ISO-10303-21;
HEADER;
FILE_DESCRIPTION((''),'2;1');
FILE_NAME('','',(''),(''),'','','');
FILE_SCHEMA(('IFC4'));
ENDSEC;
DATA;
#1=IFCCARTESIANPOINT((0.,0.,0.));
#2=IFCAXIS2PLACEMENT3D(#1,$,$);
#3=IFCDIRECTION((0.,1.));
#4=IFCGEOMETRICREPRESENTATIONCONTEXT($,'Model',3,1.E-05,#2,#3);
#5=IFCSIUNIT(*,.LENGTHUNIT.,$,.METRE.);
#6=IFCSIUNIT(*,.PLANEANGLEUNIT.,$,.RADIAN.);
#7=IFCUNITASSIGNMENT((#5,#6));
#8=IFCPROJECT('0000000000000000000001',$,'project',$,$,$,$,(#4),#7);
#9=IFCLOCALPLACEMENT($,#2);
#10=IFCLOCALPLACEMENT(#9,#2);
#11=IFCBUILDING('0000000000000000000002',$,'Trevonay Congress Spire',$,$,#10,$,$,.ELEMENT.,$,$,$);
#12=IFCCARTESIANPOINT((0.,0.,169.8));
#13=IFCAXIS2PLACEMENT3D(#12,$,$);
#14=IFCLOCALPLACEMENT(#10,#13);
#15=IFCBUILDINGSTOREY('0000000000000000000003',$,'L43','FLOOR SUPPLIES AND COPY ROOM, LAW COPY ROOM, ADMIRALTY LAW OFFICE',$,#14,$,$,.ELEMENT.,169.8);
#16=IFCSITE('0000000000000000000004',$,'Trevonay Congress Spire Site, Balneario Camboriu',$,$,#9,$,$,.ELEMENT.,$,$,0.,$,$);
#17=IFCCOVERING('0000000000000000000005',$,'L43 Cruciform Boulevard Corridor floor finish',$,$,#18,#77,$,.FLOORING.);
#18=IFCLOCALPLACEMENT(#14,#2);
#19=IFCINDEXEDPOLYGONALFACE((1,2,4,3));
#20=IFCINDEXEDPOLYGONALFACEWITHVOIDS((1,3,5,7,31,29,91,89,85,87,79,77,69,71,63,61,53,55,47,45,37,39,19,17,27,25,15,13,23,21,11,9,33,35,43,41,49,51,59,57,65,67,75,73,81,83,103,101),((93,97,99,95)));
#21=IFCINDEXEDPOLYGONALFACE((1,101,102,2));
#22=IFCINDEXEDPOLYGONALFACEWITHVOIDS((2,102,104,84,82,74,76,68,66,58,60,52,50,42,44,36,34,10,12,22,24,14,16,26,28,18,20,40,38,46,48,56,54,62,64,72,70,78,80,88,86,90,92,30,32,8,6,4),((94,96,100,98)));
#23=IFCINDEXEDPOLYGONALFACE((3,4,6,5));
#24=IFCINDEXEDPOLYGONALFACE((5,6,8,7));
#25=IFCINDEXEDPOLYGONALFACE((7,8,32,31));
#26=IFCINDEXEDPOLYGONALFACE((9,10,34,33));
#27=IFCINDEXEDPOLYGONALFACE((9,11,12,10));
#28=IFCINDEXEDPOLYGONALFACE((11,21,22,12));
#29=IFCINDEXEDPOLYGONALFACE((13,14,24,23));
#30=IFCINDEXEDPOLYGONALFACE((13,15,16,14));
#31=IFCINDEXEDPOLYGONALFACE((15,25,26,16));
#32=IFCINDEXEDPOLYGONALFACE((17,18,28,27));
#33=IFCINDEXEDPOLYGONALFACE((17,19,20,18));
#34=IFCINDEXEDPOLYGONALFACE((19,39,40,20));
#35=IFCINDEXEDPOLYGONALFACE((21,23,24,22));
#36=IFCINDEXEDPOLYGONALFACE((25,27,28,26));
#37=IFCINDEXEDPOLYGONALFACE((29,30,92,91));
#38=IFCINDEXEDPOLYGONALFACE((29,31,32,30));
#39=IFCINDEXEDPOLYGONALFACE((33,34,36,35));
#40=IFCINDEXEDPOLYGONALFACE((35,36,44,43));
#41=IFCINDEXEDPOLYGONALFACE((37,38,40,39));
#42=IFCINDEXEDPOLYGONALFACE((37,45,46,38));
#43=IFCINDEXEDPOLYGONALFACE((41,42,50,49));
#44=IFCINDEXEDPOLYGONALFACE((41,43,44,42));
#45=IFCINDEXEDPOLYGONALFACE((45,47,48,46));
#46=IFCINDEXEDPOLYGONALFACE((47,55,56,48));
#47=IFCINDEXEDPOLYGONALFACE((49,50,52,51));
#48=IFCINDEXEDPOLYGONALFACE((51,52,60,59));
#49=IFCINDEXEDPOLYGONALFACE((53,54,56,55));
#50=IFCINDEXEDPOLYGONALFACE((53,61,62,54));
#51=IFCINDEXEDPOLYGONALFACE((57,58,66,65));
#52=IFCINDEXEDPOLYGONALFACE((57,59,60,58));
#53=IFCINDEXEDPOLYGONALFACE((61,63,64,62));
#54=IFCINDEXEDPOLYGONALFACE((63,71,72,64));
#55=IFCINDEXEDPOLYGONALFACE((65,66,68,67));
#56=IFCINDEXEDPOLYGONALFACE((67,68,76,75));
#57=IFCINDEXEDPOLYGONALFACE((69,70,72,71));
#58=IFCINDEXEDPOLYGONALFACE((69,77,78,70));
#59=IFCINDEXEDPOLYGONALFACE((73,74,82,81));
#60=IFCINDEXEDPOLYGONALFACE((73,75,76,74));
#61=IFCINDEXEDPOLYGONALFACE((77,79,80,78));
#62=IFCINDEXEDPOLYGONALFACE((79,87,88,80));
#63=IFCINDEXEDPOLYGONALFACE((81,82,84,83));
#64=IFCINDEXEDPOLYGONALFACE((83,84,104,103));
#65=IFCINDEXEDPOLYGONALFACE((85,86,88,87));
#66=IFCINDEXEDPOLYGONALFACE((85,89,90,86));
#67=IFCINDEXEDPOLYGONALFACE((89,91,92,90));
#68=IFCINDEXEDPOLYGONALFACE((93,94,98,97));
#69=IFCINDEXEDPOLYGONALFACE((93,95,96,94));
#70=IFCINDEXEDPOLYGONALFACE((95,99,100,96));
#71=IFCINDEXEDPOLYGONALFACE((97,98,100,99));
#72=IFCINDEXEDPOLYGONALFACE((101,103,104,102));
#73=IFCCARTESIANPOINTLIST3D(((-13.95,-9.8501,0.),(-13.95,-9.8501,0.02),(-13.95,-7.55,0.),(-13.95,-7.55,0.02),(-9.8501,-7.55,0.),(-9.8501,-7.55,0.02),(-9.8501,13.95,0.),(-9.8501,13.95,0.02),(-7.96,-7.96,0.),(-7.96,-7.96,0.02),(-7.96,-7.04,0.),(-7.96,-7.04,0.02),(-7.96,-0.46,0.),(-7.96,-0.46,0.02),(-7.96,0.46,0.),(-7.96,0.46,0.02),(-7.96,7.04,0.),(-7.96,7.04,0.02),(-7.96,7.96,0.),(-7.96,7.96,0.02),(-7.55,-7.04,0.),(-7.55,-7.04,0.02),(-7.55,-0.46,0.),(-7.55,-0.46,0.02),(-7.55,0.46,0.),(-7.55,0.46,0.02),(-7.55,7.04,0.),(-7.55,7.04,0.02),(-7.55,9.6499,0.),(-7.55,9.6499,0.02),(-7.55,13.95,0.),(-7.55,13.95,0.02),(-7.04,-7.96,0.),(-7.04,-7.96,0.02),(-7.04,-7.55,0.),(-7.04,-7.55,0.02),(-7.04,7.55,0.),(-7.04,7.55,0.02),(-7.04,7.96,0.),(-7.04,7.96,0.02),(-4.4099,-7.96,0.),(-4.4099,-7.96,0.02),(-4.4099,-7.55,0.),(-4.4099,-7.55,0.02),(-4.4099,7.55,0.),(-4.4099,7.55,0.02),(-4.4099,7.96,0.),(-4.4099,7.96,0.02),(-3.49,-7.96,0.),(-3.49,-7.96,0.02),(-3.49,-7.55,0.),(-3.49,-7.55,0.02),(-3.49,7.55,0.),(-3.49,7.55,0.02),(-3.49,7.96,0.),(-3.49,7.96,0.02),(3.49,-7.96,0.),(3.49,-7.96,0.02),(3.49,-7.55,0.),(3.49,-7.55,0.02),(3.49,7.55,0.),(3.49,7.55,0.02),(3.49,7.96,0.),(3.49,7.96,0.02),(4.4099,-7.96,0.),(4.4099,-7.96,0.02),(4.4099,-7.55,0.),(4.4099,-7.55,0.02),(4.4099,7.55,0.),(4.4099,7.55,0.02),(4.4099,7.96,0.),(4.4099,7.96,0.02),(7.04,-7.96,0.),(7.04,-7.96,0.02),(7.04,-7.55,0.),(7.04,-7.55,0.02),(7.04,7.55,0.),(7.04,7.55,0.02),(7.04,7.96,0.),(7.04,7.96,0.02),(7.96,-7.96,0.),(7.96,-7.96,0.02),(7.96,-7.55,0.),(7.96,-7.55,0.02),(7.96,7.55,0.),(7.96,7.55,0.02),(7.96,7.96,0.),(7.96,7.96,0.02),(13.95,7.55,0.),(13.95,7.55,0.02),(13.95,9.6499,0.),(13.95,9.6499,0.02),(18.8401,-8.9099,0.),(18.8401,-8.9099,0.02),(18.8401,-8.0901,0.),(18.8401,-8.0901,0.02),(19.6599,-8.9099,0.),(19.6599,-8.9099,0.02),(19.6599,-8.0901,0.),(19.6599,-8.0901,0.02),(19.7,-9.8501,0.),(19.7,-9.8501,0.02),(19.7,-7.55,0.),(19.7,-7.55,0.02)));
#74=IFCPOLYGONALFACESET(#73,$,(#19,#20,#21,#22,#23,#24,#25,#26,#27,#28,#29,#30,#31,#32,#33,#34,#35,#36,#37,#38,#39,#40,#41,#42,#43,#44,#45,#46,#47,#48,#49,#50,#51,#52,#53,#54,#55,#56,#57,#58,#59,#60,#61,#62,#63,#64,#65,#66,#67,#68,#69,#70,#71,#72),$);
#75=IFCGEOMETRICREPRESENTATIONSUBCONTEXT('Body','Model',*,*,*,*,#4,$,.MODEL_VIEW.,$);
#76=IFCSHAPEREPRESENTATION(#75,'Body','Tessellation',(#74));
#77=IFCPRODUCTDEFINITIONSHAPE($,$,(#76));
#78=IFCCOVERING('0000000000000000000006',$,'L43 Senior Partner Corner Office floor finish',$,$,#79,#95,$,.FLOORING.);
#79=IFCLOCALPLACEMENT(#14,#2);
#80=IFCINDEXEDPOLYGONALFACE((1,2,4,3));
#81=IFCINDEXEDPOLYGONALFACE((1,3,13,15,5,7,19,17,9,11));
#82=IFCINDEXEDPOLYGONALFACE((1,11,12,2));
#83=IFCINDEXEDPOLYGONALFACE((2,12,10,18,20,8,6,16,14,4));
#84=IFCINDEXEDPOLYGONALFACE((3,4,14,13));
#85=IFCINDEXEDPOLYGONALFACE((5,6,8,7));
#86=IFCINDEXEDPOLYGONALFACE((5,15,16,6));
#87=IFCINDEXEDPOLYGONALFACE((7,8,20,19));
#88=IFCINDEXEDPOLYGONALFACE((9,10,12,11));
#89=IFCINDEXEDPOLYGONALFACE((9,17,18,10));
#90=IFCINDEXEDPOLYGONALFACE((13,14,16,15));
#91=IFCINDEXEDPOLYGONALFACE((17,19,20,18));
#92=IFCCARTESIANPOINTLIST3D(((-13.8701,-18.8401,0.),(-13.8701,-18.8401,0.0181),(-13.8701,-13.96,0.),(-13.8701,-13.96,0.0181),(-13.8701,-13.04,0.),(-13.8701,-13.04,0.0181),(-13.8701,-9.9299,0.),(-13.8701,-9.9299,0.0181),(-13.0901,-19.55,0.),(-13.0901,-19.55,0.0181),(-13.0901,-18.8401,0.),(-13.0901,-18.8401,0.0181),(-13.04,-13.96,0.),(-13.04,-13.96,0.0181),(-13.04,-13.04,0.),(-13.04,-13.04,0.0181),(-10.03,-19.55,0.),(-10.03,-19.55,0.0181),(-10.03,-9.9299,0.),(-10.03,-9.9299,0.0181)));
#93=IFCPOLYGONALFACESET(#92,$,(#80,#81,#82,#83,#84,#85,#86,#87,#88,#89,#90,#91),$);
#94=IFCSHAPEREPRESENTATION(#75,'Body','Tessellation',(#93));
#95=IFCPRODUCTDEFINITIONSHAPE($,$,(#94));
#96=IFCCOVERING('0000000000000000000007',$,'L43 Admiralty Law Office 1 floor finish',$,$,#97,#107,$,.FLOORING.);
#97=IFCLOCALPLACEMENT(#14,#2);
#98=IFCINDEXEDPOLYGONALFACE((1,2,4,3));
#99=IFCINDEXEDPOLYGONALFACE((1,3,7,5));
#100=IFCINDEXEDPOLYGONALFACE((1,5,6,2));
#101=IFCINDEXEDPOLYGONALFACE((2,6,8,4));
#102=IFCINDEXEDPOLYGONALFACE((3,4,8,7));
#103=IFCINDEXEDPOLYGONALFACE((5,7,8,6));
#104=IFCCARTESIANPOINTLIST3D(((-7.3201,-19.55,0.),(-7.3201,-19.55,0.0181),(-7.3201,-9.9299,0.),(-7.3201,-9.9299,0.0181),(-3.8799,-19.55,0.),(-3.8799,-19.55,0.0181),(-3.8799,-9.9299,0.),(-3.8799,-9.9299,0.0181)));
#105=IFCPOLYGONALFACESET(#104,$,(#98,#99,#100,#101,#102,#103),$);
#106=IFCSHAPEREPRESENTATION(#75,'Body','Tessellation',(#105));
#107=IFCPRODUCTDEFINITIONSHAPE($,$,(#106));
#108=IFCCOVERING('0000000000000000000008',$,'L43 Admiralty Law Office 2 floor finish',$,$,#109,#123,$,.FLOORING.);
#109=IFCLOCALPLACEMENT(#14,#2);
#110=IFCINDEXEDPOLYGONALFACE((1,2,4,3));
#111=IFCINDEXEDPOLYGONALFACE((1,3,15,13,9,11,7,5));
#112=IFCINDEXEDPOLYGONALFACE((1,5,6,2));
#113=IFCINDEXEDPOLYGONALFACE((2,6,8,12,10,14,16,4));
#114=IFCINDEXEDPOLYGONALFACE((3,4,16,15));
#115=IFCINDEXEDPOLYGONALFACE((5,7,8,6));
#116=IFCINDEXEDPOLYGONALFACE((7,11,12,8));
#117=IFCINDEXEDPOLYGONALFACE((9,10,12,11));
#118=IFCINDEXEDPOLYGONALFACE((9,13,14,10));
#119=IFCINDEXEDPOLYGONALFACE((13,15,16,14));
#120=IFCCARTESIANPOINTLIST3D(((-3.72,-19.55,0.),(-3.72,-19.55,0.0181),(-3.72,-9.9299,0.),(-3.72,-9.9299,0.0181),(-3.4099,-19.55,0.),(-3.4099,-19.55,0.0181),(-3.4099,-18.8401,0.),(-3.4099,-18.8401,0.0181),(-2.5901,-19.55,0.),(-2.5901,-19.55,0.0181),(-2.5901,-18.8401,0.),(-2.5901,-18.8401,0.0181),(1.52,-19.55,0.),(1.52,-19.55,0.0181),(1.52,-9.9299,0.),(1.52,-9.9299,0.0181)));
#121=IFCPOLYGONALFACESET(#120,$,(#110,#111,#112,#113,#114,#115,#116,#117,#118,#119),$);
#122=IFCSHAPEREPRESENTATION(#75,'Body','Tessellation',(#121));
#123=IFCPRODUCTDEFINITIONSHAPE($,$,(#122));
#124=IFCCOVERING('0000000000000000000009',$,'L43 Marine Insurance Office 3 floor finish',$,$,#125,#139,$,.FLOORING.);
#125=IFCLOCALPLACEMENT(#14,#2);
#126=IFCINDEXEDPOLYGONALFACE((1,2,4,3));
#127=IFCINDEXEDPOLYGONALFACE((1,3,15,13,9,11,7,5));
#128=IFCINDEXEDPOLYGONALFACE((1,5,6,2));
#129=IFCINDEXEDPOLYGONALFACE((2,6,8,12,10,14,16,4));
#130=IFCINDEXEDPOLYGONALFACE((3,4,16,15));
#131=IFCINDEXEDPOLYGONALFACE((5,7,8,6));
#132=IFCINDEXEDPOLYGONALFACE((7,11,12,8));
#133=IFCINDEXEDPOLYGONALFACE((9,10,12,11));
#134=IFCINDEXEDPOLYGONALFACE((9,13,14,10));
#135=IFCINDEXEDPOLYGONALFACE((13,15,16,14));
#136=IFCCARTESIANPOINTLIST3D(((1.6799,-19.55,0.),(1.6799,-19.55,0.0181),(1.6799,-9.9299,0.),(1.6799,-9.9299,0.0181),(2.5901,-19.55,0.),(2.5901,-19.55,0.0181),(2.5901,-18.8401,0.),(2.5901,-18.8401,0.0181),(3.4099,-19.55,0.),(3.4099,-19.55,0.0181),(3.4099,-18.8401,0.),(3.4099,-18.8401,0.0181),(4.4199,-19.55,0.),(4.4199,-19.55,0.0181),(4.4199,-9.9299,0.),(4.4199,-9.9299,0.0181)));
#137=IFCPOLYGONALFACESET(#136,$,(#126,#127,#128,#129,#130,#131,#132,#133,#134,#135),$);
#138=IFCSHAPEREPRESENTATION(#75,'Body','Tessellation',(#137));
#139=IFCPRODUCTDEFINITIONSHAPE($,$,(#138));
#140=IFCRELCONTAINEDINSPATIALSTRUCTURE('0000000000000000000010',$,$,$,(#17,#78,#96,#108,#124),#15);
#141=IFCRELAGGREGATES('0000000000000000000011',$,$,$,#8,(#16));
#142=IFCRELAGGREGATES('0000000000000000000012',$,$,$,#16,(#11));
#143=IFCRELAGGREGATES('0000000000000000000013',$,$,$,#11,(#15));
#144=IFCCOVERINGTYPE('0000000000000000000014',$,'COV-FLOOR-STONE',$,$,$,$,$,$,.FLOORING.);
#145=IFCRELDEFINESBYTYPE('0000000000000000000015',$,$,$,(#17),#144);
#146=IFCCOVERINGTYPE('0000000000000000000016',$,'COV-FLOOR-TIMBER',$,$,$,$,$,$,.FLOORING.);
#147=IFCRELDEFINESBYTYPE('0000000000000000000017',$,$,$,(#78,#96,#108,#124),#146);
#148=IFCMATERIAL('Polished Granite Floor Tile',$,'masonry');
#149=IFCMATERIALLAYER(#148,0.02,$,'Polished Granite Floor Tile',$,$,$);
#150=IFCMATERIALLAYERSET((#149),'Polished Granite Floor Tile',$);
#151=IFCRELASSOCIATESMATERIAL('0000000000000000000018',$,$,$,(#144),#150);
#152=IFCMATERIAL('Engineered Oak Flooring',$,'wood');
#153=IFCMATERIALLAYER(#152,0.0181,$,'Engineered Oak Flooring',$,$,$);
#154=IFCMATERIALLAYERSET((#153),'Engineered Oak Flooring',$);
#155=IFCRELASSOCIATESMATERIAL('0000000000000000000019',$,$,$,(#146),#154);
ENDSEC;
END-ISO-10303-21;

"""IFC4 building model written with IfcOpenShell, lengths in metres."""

from ifc_helpers import new_model, si_unit, direction, frame, origin, place, context, subcontext, project, spatial, polyline, outline, extrude, material, layer, layer_set, type_object, element, save


model = new_model("IFC4")

# Units and contexts
model_context = context("Model", 3, precision=1e-05, world=origin(), true_north=direction((0.0, 1.0)))
body_context = subcontext(model_context, "Body", "Model", "MODEL_VIEW")
ifc_project = project(units=[si_unit("LENGTHUNIT", "METRE"), si_unit("PLANEANGLEUNIT", "RADIAN")], contexts=[model_context])

# Site, building, storey
site_placement = place(None, origin())
site = spatial("IfcSite", under=ifc_project, at=site_placement, Name="Trevonay Congress Spire Site, Balneario Camboriu", CompositionType="ELEMENT", RefElevation=0.0)
building_placement = place(site_placement, origin())
building = spatial("IfcBuilding", under=site, at=building_placement, Name="Trevonay Congress Spire", CompositionType="ELEMENT")
storey_placement = place(building_placement, frame((0.0, 0.0, 169.8)))
storey = spatial("IfcBuildingStorey", under=building, at=storey_placement, Name="L43", Description="FLOOR SUPPLIES AND COPY ROOM, LAW COPY ROOM, ADMIRALTY LAW OFFICE", CompositionType="ELEMENT", Elevation=169.8)

# Coverings
ifc_material_1 = material(Name="Polished Granite Floor Tile", Category="masonry")
ifc_layer_1 = layer(ifc_material_1, 0.02, Name="Polished Granite Floor Tile")
ifc_layer_set_1 = layer_set([ifc_layer_1], Name="Polished Granite Floor Tile")
covering_type_1 = type_object("IfcCoveringType", Name="COV-FLOOR-STONE", PredefinedType="FLOORING", material=ifc_layer_set_1)
covering_1_placement = place(storey_placement, origin())
element("IfcCovering", 1, at=covering_1_placement, inside=storey, type_object=covering_type_1, Name="L43 Cruciform Boulevard Corridor floor finish", PredefinedType="FLOORING", context=body_context, shape_type="SweptSolid", body=[
    extrude(outline(polyline([(19.7, -7.55), (19.7, -9.8501), (-13.95, -9.8501), (-13.95, -7.55), (-9.8501, -7.55), (-9.8501, 13.95), (-7.55, 13.95), (-7.55, 9.6499), (13.95, 9.6499), (13.95, 7.55), (7.96, 7.55), (7.96, 7.96), (7.04, 7.96), (7.04, 7.55), (4.4099, 7.55), (4.4099, 7.96), (3.49, 7.96), (3.49, 7.55), (-3.49, 7.55), (-3.49, 7.96), (-4.4099, 7.96), (-4.4099, 7.55), (-7.04, 7.55), (-7.04, 7.96), (-7.96, 7.96), (-7.96, 7.04), (-7.55, 7.04), (-7.55, 0.46), (-7.96, 0.46), (-7.96, -0.46), (-7.55, -0.46), (-7.55, -7.04), (-7.96, -7.04), (-7.96, -7.96), (-7.04, -7.96), (-7.04, -7.55), (-4.4099, -7.55), (-4.4099, -7.96), (-3.49, -7.96), (-3.49, -7.55), (3.49, -7.55), (3.49, -7.96), (4.4099, -7.96), (4.4099, -7.55), (7.04, -7.55), (7.04, -7.96), (7.96, -7.96), (7.96, -7.55), (19.7, -7.55)]), holes=[polyline([(19.6599, -8.0901), (18.8401, -8.0901), (18.8401, -8.9099), (19.6599, -8.9099), (19.6599, -8.0901)])]), origin(), (0.0, 0.0, 1.0), 0.02),
])
ifc_material_2 = material(Name="Engineered Oak Flooring", Category="wood")
ifc_layer_2 = layer(ifc_material_2, 0.0181, Name="Engineered Oak Flooring")
ifc_layer_set_2 = layer_set([ifc_layer_2], Name="Engineered Oak Flooring")
covering_type_2 = type_object("IfcCoveringType", Name="COV-FLOOR-TIMBER", PredefinedType="FLOORING", material=ifc_layer_set_2)
covering_2_placement = place(storey_placement, origin())
element("IfcCovering", 2, at=covering_2_placement, inside=storey, type_object=covering_type_2, Name="L43 Senior Partner Corner Office floor finish", PredefinedType="FLOORING", context=body_context, shape_type="SweptSolid", body=[
    extrude(outline(polyline([(-13.8701, -9.9299), (-10.03, -9.9299), (-10.03, -19.55), (-13.0901, -19.55), (-13.0901, -18.8401), (-13.8701, -18.8401), (-13.8701, -13.96), (-13.04, -13.96), (-13.04, -13.04), (-13.8701, -13.04), (-13.8701, -9.9299)])), origin(), (0.0, 0.0, 1.0), 0.0181),
])
covering_3_placement = place(storey_placement, origin())
element("IfcCovering", 3, at=covering_3_placement, inside=storey, type_object=covering_type_2, Name="L43 Admiralty Law Office 1 floor finish", PredefinedType="FLOORING", context=body_context, shape_type="SweptSolid", body=[
    extrude(outline(polyline([(-7.3201, -19.55), (-3.8799, -19.55), (-3.8799, -9.9299), (-7.3201, -9.9299), (-7.3201, -19.55)])), origin(), (0.0, 0.0, 1.0), 0.0181),
])
covering_4_placement = place(storey_placement, origin())
element("IfcCovering", 4, at=covering_4_placement, inside=storey, type_object=covering_type_2, Name="L43 Admiralty Law Office 2 floor finish", PredefinedType="FLOORING", context=body_context, shape_type="SweptSolid", body=[
    extrude(outline(polyline([(-3.72, -19.55), (-3.72, -9.9299), (1.52, -9.9299), (1.52, -19.55), (-2.5901, -19.55), (-2.5901, -18.8401), (-3.4099, -18.8401), (-3.4099, -19.55), (-3.72, -19.55)])), origin(), (0.0, 0.0, 1.0), 0.0181),
])
covering_5_placement = place(storey_placement, origin())
element("IfcCovering", 5, at=covering_5_placement, inside=storey, type_object=covering_type_2, Name="L43 Marine Insurance Office 3 floor finish", PredefinedType="FLOORING", context=body_context, shape_type="SweptSolid", body=[
    extrude(outline(polyline([(1.6799, -19.55), (1.6799, -9.9299), (4.4199, -9.9299), (4.4199, -19.55), (3.4099, -19.55), (3.4099, -18.8401), (2.5901, -18.8401), (2.5901, -19.55), (1.6799, -19.55)])), origin(), (0.0, 0.0, 1.0), 0.0181),
])

save(model, "model.ifc")
